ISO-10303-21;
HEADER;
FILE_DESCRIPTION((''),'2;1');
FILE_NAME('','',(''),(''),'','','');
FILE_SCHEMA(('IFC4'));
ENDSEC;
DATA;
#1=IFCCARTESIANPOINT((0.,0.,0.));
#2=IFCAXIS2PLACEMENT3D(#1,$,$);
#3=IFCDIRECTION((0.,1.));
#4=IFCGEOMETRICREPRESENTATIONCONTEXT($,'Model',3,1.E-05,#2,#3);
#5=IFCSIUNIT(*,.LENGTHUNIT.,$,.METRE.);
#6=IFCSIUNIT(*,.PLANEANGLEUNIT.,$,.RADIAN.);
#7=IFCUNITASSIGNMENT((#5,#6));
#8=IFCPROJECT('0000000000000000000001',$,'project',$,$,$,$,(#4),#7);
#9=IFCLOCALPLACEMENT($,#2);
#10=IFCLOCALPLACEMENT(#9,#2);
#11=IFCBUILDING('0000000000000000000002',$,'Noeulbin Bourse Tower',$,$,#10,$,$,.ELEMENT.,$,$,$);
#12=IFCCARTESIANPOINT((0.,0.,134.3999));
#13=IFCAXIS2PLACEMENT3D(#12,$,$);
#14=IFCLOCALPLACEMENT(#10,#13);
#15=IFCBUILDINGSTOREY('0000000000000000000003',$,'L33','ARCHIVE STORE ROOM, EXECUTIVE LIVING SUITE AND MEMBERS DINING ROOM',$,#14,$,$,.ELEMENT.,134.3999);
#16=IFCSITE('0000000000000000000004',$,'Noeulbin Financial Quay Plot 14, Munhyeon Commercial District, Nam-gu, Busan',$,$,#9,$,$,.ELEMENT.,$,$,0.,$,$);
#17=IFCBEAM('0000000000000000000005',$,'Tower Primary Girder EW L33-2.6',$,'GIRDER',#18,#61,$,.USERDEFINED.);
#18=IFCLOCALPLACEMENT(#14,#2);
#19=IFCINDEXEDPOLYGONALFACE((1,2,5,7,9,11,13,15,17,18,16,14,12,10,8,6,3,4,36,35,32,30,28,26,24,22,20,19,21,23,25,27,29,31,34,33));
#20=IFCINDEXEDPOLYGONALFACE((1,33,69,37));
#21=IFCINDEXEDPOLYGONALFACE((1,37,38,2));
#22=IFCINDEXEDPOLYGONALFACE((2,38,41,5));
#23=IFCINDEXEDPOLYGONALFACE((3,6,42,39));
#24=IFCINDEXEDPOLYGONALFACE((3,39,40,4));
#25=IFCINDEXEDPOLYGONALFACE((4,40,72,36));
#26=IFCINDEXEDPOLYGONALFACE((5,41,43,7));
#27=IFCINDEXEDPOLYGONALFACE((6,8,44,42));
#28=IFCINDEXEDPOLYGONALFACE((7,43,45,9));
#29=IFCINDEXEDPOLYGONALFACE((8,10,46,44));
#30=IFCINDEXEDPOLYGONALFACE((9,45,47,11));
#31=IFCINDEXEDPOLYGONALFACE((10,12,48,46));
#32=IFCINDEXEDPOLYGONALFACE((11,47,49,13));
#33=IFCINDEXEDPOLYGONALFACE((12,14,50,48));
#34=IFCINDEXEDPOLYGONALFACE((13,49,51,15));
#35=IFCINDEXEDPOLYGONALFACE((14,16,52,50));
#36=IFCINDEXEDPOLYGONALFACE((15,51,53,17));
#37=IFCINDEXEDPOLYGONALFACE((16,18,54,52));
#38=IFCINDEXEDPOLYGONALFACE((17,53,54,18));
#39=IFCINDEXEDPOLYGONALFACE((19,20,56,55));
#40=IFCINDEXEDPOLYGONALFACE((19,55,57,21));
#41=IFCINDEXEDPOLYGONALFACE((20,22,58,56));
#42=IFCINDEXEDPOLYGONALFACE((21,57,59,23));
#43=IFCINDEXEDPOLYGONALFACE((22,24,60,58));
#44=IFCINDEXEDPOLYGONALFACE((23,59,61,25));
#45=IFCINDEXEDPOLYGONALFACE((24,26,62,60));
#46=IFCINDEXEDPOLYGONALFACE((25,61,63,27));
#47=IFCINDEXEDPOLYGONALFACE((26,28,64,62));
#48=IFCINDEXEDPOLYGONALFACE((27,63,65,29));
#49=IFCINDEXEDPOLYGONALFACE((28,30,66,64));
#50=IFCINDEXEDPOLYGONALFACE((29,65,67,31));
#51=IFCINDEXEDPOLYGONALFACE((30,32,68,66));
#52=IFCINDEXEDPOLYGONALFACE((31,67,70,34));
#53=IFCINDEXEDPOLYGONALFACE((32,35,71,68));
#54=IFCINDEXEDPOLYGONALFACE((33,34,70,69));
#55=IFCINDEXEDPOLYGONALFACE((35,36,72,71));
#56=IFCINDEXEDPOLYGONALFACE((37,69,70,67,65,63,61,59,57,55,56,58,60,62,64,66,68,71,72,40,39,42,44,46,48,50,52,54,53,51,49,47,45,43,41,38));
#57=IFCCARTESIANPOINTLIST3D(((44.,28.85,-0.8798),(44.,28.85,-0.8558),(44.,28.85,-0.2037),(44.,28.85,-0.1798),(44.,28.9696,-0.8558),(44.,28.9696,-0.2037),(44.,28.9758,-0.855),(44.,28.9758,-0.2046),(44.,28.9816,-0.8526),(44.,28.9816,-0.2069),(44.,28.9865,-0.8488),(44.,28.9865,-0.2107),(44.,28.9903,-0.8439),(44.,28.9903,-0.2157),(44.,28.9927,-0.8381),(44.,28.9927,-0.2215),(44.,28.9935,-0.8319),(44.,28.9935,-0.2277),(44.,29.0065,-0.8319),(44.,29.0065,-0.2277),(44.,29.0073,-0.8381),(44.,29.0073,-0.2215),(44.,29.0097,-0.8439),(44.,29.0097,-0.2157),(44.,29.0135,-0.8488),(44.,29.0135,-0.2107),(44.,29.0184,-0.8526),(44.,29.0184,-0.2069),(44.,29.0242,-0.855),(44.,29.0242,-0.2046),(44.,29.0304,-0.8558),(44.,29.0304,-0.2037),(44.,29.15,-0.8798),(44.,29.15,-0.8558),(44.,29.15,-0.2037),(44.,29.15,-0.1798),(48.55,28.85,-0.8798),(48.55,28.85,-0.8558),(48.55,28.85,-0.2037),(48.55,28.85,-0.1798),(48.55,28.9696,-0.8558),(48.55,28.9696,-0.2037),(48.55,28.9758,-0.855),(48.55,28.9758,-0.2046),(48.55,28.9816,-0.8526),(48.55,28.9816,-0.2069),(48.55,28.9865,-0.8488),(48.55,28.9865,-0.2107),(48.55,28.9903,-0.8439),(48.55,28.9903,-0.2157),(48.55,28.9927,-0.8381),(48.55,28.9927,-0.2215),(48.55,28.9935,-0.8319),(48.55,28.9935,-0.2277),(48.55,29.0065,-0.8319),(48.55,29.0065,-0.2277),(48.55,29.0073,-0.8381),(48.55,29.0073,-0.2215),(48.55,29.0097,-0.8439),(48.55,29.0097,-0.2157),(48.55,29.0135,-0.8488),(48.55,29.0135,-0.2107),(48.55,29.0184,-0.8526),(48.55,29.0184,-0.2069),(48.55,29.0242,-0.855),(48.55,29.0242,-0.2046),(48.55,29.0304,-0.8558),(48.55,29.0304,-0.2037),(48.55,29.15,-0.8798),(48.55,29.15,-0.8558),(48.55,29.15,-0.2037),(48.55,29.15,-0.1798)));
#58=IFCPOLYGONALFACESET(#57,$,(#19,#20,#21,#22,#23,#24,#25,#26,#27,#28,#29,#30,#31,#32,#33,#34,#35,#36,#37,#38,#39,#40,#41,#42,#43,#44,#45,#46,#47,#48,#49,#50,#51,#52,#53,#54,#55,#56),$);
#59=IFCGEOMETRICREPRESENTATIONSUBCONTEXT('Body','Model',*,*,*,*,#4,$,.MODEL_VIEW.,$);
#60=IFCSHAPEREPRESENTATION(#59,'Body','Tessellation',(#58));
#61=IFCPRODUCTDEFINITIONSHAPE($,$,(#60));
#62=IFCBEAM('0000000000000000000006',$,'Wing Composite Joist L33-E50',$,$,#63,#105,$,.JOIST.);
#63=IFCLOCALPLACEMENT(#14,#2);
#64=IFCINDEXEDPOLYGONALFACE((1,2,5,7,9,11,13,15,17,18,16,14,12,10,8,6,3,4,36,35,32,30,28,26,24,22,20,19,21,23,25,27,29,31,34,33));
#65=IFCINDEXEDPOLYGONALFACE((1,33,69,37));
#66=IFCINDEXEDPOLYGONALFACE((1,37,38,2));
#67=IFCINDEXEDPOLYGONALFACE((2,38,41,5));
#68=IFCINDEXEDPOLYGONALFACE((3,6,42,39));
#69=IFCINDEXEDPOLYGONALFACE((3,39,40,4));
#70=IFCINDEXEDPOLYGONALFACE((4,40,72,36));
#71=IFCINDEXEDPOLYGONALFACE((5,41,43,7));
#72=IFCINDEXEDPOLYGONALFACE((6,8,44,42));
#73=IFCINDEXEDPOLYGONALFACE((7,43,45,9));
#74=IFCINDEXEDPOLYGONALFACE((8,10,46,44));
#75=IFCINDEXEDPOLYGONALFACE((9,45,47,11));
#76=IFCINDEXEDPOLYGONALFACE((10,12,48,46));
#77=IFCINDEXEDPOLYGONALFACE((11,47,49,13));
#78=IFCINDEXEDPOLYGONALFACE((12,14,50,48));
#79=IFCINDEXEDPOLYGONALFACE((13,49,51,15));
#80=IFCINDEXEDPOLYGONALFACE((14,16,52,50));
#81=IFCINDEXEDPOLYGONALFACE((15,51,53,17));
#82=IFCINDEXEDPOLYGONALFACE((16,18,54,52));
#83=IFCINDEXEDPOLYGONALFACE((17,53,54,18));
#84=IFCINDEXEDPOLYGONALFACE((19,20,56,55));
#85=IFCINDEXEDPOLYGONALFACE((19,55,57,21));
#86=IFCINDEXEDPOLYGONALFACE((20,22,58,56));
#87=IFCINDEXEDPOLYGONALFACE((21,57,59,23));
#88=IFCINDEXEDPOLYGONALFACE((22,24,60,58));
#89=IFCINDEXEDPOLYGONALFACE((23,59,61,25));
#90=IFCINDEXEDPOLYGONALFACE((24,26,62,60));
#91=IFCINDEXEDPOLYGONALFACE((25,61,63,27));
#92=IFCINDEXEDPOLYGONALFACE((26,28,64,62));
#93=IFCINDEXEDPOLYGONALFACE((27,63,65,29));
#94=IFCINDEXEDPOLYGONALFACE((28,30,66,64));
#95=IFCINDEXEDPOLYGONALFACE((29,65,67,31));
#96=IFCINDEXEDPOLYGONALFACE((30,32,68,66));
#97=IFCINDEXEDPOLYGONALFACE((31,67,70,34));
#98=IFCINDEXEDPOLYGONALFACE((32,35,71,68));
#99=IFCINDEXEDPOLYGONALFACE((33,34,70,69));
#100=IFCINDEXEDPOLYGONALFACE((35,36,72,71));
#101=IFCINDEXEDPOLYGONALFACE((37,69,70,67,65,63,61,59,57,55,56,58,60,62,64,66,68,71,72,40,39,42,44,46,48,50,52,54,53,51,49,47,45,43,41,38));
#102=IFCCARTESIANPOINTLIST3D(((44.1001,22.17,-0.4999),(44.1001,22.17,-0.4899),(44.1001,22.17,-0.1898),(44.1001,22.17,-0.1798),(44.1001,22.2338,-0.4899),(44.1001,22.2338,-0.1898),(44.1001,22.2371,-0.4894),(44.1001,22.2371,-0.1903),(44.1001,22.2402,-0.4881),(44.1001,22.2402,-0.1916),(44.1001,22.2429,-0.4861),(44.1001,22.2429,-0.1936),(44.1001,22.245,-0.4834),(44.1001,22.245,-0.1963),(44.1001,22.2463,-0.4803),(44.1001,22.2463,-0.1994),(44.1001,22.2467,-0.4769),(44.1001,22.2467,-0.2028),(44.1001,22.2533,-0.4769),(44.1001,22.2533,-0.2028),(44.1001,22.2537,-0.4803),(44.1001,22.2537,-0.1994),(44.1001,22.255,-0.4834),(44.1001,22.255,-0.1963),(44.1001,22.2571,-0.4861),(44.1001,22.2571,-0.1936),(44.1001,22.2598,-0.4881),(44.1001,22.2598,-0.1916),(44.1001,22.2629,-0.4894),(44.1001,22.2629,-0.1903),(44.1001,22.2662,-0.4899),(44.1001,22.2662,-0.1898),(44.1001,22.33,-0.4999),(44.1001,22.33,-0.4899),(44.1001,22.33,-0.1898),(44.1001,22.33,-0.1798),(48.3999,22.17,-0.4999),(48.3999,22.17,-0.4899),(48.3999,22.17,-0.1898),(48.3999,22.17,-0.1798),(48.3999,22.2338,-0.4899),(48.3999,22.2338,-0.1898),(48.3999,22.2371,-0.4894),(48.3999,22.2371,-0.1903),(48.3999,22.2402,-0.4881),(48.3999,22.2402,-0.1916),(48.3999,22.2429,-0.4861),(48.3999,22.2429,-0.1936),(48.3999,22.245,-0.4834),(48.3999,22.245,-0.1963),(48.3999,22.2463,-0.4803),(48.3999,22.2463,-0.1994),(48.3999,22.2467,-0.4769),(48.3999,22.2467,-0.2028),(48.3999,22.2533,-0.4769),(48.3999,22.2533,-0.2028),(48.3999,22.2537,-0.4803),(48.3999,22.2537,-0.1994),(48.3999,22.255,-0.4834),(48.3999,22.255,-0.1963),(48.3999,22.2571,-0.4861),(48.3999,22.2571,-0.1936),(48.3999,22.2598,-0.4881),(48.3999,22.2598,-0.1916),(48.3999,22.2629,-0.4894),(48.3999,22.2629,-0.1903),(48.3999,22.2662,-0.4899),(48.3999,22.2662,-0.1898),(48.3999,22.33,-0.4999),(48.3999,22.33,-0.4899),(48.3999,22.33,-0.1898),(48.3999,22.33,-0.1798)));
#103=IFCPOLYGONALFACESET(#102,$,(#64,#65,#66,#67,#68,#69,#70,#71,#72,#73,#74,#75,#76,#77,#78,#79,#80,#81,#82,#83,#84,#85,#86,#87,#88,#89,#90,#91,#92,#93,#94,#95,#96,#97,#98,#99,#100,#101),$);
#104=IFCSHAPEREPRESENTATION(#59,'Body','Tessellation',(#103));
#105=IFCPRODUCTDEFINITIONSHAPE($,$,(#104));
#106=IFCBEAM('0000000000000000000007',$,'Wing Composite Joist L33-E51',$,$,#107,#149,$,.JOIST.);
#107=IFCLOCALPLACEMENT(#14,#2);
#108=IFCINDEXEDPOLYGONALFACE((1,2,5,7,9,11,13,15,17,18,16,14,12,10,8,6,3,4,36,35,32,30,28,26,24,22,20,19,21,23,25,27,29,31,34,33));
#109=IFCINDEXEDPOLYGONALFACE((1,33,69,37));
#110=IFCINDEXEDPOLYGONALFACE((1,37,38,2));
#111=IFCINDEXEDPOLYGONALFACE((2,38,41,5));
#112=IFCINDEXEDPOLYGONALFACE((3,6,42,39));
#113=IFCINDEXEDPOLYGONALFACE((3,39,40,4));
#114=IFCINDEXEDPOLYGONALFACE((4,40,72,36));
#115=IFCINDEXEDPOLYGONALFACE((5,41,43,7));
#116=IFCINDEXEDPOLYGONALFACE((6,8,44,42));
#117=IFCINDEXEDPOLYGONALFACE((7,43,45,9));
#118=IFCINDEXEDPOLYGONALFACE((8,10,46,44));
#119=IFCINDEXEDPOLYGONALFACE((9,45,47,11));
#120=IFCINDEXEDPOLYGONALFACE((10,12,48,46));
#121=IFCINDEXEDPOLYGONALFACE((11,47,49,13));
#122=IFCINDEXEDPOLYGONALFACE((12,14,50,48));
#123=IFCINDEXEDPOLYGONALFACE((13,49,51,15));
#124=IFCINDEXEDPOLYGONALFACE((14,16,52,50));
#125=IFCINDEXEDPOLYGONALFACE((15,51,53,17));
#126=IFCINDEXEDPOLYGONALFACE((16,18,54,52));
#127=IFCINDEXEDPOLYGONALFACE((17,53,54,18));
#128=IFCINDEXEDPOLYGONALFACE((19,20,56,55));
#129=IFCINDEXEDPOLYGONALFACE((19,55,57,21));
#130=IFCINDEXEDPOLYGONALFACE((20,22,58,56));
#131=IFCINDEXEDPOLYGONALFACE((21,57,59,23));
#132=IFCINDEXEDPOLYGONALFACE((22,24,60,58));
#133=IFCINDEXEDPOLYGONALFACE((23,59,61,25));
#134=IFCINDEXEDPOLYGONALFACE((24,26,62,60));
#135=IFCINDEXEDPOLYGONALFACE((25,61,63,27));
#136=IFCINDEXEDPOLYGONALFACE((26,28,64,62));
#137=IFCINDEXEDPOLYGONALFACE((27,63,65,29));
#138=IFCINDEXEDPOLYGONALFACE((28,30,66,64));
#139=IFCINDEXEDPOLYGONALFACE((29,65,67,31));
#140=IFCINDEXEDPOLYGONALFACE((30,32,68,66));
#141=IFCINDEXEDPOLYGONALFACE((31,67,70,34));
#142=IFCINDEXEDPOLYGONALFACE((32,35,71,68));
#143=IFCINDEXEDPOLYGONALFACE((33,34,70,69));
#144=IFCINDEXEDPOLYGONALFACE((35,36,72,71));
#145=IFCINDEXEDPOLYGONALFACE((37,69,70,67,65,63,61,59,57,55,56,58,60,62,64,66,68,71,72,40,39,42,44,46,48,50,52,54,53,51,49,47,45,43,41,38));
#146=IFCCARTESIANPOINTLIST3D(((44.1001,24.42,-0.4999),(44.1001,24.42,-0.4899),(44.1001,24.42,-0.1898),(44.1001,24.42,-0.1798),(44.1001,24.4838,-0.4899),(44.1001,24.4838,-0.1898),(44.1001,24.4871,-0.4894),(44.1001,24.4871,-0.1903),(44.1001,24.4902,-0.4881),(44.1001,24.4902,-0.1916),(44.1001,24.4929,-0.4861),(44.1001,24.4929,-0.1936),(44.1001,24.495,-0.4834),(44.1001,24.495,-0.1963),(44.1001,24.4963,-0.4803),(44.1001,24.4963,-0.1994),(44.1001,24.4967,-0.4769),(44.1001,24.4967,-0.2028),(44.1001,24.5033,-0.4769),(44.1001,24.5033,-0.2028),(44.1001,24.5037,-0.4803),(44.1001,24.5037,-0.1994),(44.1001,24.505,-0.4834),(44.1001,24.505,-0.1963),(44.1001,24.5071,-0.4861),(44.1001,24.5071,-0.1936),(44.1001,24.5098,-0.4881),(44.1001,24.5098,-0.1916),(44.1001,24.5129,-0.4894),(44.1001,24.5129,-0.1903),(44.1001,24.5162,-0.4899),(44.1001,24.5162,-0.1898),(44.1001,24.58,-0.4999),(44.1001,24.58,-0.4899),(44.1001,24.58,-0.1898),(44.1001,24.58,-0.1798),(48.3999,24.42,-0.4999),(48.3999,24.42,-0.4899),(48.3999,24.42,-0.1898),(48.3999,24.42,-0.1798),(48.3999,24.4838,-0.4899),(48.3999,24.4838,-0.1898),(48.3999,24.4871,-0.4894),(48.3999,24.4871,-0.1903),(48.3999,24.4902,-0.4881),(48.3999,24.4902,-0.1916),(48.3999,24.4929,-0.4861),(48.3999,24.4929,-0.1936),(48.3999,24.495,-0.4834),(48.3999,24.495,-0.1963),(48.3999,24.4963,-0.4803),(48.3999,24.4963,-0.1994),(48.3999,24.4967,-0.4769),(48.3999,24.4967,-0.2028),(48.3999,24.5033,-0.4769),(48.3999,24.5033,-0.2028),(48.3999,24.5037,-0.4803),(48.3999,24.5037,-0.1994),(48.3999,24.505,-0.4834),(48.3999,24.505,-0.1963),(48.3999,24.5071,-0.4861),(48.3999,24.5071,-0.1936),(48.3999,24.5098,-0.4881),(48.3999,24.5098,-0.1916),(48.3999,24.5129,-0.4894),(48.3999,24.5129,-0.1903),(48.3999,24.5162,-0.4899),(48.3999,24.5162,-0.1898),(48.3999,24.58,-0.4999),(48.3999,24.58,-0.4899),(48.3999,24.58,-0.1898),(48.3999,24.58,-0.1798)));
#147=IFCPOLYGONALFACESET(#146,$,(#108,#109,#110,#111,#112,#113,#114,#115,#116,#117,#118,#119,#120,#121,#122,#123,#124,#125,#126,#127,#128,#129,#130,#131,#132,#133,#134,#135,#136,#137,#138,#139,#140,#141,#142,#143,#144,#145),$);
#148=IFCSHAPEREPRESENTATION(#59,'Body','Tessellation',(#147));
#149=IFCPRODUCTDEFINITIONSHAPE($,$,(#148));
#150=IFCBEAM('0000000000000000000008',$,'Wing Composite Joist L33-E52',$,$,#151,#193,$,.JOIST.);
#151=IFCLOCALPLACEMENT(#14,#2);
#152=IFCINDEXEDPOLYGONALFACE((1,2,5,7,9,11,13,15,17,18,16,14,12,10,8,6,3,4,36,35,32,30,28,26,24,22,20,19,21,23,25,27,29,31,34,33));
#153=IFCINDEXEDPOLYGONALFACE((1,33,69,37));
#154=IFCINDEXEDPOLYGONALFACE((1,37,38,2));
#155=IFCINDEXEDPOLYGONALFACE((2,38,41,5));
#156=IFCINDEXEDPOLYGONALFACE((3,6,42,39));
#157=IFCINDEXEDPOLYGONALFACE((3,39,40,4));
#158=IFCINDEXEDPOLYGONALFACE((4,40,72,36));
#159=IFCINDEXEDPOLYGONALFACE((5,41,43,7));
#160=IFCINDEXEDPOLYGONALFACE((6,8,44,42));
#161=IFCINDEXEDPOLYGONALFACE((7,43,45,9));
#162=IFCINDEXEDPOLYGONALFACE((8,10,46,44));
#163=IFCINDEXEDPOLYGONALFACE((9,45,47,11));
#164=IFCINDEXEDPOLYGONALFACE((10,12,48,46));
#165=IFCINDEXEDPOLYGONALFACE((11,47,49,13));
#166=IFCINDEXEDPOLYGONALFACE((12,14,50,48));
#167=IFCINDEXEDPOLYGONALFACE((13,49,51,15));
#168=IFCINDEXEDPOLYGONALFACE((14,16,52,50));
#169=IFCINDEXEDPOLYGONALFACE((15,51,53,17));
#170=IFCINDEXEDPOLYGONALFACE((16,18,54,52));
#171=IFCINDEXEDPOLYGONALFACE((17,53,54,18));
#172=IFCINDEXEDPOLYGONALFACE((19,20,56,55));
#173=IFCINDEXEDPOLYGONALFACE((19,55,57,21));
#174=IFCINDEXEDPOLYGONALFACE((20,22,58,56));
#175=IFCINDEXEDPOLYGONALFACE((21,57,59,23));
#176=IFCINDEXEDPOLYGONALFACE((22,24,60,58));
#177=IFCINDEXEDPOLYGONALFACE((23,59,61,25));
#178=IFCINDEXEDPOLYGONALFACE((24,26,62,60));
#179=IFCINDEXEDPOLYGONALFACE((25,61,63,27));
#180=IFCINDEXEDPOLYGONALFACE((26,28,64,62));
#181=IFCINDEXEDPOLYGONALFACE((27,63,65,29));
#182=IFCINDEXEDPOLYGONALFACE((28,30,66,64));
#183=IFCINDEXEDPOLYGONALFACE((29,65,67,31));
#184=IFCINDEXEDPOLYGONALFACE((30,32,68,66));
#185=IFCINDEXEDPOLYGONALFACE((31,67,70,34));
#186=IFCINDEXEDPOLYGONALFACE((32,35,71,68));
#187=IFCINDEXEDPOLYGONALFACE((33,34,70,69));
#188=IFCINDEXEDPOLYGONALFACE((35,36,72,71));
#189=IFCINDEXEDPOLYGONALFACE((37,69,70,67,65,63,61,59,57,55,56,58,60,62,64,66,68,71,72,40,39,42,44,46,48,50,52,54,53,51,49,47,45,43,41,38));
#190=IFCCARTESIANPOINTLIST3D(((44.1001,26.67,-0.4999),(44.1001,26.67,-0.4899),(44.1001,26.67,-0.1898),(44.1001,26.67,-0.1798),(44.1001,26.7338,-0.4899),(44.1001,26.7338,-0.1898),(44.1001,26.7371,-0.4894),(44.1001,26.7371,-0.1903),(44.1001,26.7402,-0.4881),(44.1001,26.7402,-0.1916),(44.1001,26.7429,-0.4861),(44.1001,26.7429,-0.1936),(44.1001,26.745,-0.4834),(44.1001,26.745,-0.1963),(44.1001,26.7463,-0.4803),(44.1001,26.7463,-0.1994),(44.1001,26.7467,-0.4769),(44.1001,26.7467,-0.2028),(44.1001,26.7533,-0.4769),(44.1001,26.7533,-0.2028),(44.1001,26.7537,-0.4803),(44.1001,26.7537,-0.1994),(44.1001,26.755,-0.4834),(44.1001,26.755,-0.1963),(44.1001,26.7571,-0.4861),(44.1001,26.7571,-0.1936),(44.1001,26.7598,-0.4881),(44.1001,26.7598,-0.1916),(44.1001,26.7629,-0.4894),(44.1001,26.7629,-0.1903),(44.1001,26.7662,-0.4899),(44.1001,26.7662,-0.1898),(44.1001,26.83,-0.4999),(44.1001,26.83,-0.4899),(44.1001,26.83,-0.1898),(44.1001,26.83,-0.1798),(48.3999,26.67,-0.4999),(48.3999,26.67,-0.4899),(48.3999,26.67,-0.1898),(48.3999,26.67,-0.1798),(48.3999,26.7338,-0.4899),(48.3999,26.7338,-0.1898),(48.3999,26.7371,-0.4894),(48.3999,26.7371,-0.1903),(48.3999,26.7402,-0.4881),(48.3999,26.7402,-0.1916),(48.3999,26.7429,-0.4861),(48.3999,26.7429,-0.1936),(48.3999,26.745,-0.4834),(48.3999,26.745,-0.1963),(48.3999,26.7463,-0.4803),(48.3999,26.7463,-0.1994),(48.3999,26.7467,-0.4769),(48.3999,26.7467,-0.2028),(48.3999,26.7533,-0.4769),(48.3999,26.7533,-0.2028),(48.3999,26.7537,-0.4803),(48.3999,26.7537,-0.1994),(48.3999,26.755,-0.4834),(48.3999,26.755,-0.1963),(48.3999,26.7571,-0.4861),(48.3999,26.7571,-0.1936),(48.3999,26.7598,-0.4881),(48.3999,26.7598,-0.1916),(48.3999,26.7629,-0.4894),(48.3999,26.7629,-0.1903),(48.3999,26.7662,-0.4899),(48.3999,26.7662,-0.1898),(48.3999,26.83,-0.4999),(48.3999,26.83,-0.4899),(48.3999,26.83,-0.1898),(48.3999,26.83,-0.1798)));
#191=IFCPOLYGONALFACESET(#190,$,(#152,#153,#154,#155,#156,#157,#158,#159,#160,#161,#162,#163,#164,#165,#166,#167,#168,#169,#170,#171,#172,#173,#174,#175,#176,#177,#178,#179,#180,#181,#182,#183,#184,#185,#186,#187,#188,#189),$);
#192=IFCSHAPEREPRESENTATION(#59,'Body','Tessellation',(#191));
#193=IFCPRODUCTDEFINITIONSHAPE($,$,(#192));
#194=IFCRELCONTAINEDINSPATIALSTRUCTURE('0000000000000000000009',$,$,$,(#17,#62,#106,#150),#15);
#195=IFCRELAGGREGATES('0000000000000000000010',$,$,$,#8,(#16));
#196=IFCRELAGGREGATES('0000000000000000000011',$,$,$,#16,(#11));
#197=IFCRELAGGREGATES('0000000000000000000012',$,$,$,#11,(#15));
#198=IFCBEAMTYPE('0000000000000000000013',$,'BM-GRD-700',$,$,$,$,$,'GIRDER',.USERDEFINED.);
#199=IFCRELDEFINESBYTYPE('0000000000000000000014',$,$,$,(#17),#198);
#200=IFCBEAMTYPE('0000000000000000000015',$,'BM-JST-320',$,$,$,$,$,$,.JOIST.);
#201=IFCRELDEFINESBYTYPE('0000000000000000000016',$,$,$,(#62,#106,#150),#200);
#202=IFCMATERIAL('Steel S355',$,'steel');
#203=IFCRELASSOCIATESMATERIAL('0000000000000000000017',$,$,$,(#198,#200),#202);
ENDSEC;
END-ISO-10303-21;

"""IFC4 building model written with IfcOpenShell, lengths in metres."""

from ifc_helpers import new_model, si_unit, direction, frame, origin, origin_2d, place, context, subcontext, project, spatial, i_section, extrude, material, material_profile, profile_set, type_object, element, save


model = new_model("IFC4")

# Units and contexts
model_context = context("Model", 3, precision=1e-05, world=origin(), true_north=direction((0.0, 1.0)))
body_context = subcontext(model_context, "Body", "Model", "MODEL_VIEW")
ifc_project = project(units=[si_unit("LENGTHUNIT", "METRE"), si_unit("PLANEANGLEUNIT", "RADIAN")], contexts=[model_context])

# Site, building, storey
site_placement = place(None, origin())
site = spatial("IfcSite", under=ifc_project, at=site_placement, Name="Noeulbin Financial Quay Plot 14, Munhyeon Commercial District, Nam-gu, Busan", CompositionType="ELEMENT", RefElevation=0.0)
building_placement = place(site_placement, origin())
building = spatial("IfcBuilding", under=site, at=building_placement, Name="Noeulbin Bourse Tower", CompositionType="ELEMENT")
storey_placement = place(building_placement, frame((0.0, 0.0, 134.3999)))
storey = spatial("IfcBuildingStorey", under=building, at=storey_placement, Name="L33", Description="ARCHIVE STORE ROOM, EXECUTIVE LIVING SUITE AND MEMBERS DINING ROOM", CompositionType="ELEMENT", Elevation=134.3999)

# Shared definitions
ifc_material_1 = material(Name="Steel S355", Category="steel")

# Beams
ifc_material_profile_1 = material_profile(ifc_material_1, i_section(OverallWidth=0.3, OverallDepth=0.7, WebThickness=0.0129, FlangeThickness=0.0239, FilletRadius=0.0239, at=origin_2d()), Name="H-700x300x13x24", Category="LoadBearing")
ifc_profile_set_1 = profile_set([ifc_material_profile_1], Name="Steel S355")
beam_type_1 = type_object("IfcBeamType", Name="BM-GRD-700", ElementType="GIRDER", PredefinedType="USERDEFINED", material=ifc_profile_set_1)
beam_1_placement = place(storey_placement, frame((44.0, 29.0, -0.5298), z_axis=(1.0, 0.0, 0.0), x_axis=(0.0, 1.0, 0.0)))
element("IfcBeam", 1, at=beam_1_placement, inside=storey, type_object=beam_type_1, Name="Tower Primary Girder EW L33-2.6", ObjectType="GIRDER", PredefinedType="USERDEFINED", context=body_context, shape_type="SweptSolid", body=[
    extrude(i_section(OverallWidth=0.3, OverallDepth=0.7, WebThickness=0.0129, FlangeThickness=0.0239, FilletRadius=0.0239, at=origin_2d()), origin(), (0.0, 0.0, 1.0), 4.55),
])
ifc_material_profile_2 = material_profile(ifc_material_1, i_section(OverallWidth=0.1599, OverallDepth=0.3201, WebThickness=0.0066, FlangeThickness=0.01, FilletRadius=0.0129, at=origin_2d()), Name="H-320x160x6.5x10", Category="LoadBearing")
ifc_profile_set_2 = profile_set([ifc_material_profile_2], Name="Steel S355")
beam_type_2 = type_object("IfcBeamType", Name="BM-JST-320", PredefinedType="JOIST", material=ifc_profile_set_2)
for number, where, z_axis, x_axis, name in (
    (2, (44.1001, 22.25, -0.3398), (1.0, 0.0, 0.0), (0.0, 1.0, 0.0), "Wing Composite Joist L33-E50"),
    (3, (44.1001, 24.5, -0.3398), (1.0, 0.0, 0.0), (0.0, 1.0, 0.0), "Wing Composite Joist L33-E51"),
    (4, (44.1001, 26.75, -0.3398), (1.0, 0.0, 0.0), (0.0, 1.0, 0.0), "Wing Composite Joist L33-E52"),
):
    element("IfcBeam", number, at=place(storey_placement, frame(where, z_axis=z_axis, x_axis=x_axis)), inside=storey, type_object=beam_type_2, Name=name, PredefinedType="JOIST", context=body_context, shape_type="SweptSolid", body=[
        extrude(i_section(OverallWidth=0.1599, OverallDepth=0.3201, WebThickness=0.0066, FlangeThickness=0.01, FilletRadius=0.0129, at=origin_2d()), origin(), (0.0, 0.0, 1.0), 4.2998),
    ])

save(model, "model.ifc")
